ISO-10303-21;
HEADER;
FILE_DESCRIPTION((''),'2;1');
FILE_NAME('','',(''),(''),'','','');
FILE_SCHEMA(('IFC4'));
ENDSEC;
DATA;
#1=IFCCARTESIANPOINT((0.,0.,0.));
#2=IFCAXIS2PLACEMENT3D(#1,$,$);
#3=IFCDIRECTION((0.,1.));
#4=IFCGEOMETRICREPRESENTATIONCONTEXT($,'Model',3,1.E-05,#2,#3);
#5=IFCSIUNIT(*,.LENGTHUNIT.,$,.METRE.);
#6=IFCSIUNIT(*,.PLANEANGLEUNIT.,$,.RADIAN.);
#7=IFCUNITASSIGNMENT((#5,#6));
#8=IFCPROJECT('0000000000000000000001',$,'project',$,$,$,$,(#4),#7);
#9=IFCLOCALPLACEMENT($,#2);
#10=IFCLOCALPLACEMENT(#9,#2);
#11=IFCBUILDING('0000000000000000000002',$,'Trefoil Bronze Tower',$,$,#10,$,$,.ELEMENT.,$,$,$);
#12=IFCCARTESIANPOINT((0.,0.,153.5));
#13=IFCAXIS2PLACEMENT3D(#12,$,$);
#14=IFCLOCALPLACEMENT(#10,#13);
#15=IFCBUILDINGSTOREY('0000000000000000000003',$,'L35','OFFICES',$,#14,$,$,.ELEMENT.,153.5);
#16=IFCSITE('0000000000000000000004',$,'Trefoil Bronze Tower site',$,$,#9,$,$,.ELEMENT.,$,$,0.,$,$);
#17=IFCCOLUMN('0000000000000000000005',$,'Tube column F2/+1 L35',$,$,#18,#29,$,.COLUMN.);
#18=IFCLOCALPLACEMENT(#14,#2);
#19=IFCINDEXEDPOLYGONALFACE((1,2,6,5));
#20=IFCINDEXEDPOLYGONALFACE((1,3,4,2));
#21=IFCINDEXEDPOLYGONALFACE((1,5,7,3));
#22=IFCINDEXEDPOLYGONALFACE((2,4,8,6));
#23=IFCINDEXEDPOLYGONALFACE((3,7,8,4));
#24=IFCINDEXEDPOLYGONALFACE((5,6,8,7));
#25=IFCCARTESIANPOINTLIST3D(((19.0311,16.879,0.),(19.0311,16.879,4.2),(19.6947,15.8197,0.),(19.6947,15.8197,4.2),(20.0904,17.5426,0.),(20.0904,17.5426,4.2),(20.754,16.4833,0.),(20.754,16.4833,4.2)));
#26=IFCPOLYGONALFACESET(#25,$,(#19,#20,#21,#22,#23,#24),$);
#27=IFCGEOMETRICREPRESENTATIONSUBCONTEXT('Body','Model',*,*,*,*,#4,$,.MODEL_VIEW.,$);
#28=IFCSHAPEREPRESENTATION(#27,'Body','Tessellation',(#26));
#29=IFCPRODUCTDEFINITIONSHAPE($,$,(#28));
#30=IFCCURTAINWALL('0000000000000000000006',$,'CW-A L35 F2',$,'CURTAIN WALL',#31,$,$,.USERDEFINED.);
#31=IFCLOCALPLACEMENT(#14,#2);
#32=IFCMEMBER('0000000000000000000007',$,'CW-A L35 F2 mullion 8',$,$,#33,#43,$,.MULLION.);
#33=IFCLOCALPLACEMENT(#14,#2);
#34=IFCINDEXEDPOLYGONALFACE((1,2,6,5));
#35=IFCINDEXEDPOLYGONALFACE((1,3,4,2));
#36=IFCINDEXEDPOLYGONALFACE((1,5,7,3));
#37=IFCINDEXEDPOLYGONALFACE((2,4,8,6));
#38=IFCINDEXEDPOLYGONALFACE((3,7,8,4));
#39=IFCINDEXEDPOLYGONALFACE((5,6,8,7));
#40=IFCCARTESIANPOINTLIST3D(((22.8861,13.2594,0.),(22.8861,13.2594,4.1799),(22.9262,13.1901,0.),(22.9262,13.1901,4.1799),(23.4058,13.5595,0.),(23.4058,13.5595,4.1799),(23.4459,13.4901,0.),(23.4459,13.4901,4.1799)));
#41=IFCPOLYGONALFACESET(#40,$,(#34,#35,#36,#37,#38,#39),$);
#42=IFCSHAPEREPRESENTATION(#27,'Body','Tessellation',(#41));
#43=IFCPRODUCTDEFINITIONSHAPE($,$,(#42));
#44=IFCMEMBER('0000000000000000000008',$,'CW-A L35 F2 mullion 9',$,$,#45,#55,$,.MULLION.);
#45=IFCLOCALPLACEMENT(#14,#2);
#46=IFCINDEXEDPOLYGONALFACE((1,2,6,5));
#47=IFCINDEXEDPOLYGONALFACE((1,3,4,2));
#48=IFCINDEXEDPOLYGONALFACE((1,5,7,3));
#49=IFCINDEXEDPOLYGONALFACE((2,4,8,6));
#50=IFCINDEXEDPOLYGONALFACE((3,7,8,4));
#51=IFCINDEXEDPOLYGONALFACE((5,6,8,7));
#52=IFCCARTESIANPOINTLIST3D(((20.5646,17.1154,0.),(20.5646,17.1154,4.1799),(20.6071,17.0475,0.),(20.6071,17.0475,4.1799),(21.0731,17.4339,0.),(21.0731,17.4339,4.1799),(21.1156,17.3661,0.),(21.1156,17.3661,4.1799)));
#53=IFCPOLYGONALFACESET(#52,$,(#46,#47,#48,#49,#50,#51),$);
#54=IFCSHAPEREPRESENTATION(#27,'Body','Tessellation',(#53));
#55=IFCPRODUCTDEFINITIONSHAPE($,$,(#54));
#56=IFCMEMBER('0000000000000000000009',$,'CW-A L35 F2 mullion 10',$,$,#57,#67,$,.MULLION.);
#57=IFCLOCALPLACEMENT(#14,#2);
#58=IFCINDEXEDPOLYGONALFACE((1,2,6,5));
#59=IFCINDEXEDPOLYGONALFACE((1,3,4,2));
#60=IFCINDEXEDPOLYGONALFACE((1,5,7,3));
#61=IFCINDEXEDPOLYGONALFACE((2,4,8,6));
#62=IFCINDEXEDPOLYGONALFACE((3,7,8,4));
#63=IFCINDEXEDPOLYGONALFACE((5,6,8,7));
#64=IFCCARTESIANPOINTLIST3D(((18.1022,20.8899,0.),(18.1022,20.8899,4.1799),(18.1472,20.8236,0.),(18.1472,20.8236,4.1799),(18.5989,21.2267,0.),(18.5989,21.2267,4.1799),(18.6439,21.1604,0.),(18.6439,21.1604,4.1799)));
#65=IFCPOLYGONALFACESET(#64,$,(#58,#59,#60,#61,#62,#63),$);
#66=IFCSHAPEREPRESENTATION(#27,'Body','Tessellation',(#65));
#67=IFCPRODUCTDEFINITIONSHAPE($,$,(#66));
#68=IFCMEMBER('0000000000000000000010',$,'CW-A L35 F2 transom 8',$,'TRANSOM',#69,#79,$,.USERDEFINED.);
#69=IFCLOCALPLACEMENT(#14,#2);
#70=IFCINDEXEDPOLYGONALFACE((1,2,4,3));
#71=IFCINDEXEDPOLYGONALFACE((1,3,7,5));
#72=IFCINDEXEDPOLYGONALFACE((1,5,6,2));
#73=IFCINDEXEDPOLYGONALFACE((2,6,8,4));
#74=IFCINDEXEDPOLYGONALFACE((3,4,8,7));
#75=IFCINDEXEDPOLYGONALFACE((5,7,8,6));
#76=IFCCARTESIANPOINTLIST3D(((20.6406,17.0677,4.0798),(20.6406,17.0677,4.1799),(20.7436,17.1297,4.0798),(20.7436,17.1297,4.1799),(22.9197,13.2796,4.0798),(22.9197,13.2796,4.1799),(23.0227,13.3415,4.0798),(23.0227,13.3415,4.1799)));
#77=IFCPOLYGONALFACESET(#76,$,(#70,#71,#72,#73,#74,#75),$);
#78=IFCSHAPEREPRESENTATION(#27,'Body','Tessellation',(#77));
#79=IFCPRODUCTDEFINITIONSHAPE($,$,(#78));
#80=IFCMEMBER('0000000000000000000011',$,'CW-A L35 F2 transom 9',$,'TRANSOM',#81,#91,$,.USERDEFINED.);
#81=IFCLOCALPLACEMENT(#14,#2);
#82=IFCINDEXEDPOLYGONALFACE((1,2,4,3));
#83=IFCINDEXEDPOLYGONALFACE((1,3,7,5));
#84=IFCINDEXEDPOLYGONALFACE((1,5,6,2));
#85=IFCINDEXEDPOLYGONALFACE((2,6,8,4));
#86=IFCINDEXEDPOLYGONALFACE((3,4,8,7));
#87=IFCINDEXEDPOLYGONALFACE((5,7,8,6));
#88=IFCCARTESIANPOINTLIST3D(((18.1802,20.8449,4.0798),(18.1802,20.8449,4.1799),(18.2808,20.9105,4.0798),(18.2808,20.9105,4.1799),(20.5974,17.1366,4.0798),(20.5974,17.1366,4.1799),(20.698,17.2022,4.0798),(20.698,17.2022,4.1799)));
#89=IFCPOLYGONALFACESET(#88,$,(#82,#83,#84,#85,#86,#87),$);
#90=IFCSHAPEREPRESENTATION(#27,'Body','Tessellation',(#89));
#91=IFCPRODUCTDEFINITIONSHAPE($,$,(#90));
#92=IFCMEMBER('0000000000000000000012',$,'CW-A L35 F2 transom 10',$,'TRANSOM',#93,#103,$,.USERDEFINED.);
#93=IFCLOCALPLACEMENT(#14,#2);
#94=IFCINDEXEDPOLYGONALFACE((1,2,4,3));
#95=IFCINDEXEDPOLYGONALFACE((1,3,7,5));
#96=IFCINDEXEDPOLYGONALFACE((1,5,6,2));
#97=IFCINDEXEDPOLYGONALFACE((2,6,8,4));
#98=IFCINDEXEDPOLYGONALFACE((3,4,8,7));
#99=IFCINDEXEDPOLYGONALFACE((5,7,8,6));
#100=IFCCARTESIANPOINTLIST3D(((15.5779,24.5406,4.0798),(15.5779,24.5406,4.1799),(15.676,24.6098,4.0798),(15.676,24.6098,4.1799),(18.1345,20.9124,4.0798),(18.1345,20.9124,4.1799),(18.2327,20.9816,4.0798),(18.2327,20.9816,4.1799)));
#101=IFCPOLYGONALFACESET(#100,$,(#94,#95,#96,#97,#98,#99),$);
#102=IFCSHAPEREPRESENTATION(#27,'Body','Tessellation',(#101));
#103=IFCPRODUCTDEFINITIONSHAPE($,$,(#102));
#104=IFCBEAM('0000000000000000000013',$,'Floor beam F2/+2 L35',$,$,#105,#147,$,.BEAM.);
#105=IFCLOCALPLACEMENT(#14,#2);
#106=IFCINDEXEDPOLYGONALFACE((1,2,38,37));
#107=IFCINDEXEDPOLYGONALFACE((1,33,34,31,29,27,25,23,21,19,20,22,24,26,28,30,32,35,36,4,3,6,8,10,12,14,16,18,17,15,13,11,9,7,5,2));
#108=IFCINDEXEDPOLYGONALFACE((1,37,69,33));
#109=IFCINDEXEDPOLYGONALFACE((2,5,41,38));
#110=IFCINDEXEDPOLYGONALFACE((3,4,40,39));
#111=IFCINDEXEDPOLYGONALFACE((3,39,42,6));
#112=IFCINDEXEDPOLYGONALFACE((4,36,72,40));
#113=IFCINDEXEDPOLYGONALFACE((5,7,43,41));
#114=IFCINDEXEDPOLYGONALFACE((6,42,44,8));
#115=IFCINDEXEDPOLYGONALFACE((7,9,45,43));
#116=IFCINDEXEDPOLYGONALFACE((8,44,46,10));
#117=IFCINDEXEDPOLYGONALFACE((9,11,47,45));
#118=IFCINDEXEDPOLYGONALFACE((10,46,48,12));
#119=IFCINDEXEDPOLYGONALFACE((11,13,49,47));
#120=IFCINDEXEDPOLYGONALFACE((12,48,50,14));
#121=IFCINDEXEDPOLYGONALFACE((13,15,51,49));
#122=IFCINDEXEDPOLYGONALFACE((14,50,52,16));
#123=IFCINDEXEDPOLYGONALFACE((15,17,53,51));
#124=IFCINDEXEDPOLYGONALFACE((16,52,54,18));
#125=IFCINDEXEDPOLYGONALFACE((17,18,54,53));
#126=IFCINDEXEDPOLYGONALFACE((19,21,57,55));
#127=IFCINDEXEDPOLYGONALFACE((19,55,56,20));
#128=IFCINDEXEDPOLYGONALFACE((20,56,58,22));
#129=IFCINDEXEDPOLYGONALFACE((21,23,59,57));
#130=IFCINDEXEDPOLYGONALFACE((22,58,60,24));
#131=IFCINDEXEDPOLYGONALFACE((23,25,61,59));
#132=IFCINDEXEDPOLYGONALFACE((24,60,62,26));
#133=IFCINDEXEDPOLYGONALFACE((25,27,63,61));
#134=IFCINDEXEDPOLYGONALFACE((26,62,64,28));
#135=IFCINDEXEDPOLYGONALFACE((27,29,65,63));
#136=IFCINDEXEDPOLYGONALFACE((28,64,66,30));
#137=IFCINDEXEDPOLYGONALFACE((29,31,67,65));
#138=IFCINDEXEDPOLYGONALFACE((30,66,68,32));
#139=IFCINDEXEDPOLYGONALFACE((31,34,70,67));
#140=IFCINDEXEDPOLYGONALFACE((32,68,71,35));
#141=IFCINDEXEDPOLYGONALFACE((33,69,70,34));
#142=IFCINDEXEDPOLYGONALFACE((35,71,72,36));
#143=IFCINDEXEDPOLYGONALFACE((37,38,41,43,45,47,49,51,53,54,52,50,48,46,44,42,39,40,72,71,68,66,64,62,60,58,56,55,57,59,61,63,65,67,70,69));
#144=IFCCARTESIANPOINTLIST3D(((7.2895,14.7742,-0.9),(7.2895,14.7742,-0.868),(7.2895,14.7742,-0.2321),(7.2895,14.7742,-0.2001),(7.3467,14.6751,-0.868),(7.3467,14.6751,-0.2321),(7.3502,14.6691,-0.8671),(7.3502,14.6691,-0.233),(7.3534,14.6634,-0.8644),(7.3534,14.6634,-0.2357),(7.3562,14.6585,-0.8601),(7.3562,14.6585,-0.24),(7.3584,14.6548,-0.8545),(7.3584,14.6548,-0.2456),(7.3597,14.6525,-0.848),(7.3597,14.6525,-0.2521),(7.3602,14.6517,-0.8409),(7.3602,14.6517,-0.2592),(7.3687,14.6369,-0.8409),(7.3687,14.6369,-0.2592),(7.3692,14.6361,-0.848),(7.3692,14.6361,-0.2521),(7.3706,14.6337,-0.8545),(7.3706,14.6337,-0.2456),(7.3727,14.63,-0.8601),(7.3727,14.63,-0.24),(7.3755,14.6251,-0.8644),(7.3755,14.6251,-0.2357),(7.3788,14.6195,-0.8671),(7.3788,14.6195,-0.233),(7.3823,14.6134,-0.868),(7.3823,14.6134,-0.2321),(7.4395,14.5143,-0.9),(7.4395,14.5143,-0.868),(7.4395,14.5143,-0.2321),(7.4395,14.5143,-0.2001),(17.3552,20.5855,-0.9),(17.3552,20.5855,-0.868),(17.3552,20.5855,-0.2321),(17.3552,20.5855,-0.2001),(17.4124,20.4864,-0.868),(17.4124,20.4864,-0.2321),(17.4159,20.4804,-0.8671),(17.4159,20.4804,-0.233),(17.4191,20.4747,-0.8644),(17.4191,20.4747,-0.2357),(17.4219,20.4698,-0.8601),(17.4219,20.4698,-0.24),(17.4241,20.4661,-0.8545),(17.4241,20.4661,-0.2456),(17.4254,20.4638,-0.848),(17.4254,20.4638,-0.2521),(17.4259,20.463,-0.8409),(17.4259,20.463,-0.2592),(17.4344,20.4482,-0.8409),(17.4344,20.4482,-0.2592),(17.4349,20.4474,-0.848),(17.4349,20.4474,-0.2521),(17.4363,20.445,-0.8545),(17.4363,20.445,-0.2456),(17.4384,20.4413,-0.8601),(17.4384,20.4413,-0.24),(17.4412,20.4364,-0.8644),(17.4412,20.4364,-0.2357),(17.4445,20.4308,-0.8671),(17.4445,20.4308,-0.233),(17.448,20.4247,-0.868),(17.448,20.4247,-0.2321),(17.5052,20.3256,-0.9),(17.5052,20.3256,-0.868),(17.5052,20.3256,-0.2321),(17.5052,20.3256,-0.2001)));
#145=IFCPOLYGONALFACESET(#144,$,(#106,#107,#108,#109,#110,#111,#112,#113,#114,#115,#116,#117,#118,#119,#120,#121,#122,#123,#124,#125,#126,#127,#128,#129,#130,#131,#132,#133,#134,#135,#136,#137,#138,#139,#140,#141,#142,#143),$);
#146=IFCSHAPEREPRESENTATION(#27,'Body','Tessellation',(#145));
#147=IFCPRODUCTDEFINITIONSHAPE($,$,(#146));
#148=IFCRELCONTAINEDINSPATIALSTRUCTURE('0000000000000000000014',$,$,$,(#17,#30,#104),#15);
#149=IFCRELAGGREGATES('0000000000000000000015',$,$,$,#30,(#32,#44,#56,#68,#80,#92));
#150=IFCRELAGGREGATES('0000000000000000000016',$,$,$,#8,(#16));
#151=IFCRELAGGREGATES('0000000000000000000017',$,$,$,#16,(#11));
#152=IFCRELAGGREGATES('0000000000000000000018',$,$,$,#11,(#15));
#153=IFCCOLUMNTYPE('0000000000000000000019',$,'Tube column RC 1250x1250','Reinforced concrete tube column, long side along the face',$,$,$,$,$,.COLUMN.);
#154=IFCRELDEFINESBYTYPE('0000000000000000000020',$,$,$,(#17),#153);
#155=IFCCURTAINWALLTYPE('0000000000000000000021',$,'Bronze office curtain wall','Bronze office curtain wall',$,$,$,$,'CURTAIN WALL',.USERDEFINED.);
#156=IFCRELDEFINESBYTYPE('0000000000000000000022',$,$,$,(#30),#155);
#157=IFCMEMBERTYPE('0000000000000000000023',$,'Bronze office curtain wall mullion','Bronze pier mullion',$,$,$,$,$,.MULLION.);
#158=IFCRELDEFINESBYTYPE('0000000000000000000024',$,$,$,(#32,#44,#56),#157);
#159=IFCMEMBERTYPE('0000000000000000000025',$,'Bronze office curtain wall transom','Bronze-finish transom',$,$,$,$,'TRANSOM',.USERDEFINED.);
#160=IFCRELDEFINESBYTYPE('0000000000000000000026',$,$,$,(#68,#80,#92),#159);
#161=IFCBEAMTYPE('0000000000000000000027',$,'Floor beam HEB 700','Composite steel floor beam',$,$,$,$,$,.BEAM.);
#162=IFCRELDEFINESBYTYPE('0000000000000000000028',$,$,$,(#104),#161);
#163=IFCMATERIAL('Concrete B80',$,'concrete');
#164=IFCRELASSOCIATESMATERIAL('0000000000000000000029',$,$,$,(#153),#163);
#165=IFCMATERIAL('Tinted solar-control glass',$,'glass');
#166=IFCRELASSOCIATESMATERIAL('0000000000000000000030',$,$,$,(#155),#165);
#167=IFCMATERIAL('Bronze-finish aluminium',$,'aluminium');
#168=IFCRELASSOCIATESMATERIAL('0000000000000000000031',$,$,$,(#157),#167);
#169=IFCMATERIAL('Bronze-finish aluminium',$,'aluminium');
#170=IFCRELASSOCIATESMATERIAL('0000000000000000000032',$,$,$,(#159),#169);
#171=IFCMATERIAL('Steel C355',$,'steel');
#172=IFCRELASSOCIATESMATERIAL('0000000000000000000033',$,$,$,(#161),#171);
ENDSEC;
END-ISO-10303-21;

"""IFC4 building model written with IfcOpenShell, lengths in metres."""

from ifc_helpers import new_model, si_unit, direction, frame, origin, origin_2d, place, context, subcontext, project, spatial, rectangle, i_section, extrude, material, material_profile, profile_set, type_object, element, aggregate, save


model = new_model("IFC4")

# Units and contexts
model_context = context("Model", 3, precision=1e-05, world=origin(), true_north=direction((0.0, 1.0)))
body_context = subcontext(model_context, "Body", "Model", "MODEL_VIEW")
ifc_project = project(units=[si_unit("LENGTHUNIT", "METRE"), si_unit("PLANEANGLEUNIT", "RADIAN")], contexts=[model_context])

# Site, building, storey
site_placement = place(None, origin())
site = spatial("IfcSite", under=ifc_project, at=site_placement, Name="Trefoil Bronze Tower site", CompositionType="ELEMENT", RefElevation=0.0)
building_placement = place(site_placement, origin())
building = spatial("IfcBuilding", under=site, at=building_placement, Name="Trefoil Bronze Tower", CompositionType="ELEMENT")
storey_placement = place(building_placement, frame((0.0, 0.0, 153.5)))
storey = spatial("IfcBuildingStorey", under=building, at=storey_placement, Name="L35", Description="OFFICES", CompositionType="ELEMENT", Elevation=153.5)

# Column
ifc_material_1 = material(Name="Concrete B80", Category="concrete")
ifc_material_profile_1 = material_profile(ifc_material_1, rectangle(XDim=1.25, YDim=1.25, at=origin_2d()), Name="RC 1250x1250")
ifc_profile_set_1 = profile_set([ifc_material_profile_1], Name="Concrete B80")
column_type = type_object("IfcColumnType", Name="Tube column RC 1250x1250", Description="Reinforced concrete tube column, long side along the face", PredefinedType="COLUMN", material=ifc_profile_set_1)
column_placement = place(storey_placement, frame((19.8926, 16.6812, 0.0), z_axis=(0.0, 0.0, 1.0), x_axis=(-0.530893, 0.847439, 0.0)))
element("IfcColumn", 1, at=column_placement, inside=storey, type_object=column_type, Name="Tube column F2/+1 L35", PredefinedType="COLUMN", context=body_context, shape_type="SweptSolid", body=[
    extrude(rectangle(XDim=1.25, YDim=1.25, at=origin_2d()), origin(), (0.0, 0.0, 1.0), 4.2),
])

# Curtain wall, members
ifc_material_2 = material(Name="Tinted solar-control glass", Category="glass")
curtain_wall_type = type_object("IfcCurtainWallType", Name="Bronze office curtain wall", Description="Bronze office curtain wall", ElementType="CURTAIN WALL", PredefinedType="USERDEFINED", material=ifc_material_2)
curtain_wall_placement = place(storey_placement, origin())
curtain_wall = element("IfcCurtainWall", 2, at=curtain_wall_placement, inside=storey, type_object=curtain_wall_type, Name="CW-A L35 F2", ObjectType="CURTAIN WALL", PredefinedType="USERDEFINED")
ifc_material_3 = material(Name="Bronze-finish aluminium", Category="aluminium")
ifc_material_profile_2 = material_profile(ifc_material_3, rectangle(XDim=0.6001, YDim=0.0801, at=origin_2d()), Name="CW-A mullion")
ifc_profile_set_2 = profile_set([ifc_material_profile_2], Name="Bronze-finish aluminium")
member_type_1 = type_object("IfcMemberType", Name="Bronze office curtain wall mullion", Description="Bronze pier mullion", PredefinedType="MULLION", material=ifc_profile_set_2)
member_1_placement = place(storey_placement, frame((23.166, 13.3748, 0.0), z_axis=(0.0, 0.0, 1.0), x_axis=(-0.866025, -0.5, 0.0)))
member_1 = element("IfcMember", 3, at=member_1_placement, type_object=member_type_1, Name="CW-A L35 F2 mullion 8", PredefinedType="MULLION", context=body_context, shape_type="SweptSolid", body=[
    extrude(rectangle(XDim=0.6001, YDim=0.0801, at=origin_2d()), origin(), (0.0, 0.0, 1.0), 4.1799),
])
member_2_placement = place(storey_placement, frame((20.8401, 17.2407, 0.0), z_axis=(0.0, 0.0, 1.0), x_axis=(-0.847439, -0.530893, 0.0)))
member_2 = element("IfcMember", 4, at=member_2_placement, type_object=member_type_1, Name="CW-A L35 F2 mullion 9", PredefinedType="MULLION", context=body_context, shape_type="SweptSolid", body=[
    extrude(rectangle(XDim=0.6001, YDim=0.0801, at=origin_2d()), origin(), (0.0, 0.0, 1.0), 4.1799),
])
member_3_placement = place(storey_placement, frame((18.373, 21.0251, 0.0), z_axis=(0.0, 0.0, 1.0), x_axis=(-0.827724, -0.561136, 0.0)))
member_3 = element("IfcMember", 5, at=member_3_placement, type_object=member_type_1, Name="CW-A L35 F2 mullion 10", PredefinedType="MULLION", context=body_context, shape_type="SweptSolid", body=[
    extrude(rectangle(XDim=0.6001, YDim=0.0801, at=origin_2d()), origin(), (0.0, 0.0, 1.0), 4.1799),
])
ifc_material_4 = material(Name="Bronze-finish aluminium", Category="aluminium")
ifc_material_profile_3 = material_profile(ifc_material_4, rectangle(XDim=0.1201, YDim=0.1001, at=origin_2d()), Name="CW-A transom")
ifc_profile_set_3 = profile_set([ifc_material_profile_3], Name="Bronze-finish aluminium")
member_type_2 = type_object("IfcMemberType", Name="Bronze office curtain wall transom", Description="Bronze-finish transom", ElementType="TRANSOM", PredefinedType="USERDEFINED", material=ifc_profile_set_3)
member_4_placement = place(storey_placement, frame((22.9712, 13.3105, 4.1299), z_axis=(-0.515527, 0.856873, 0.0), x_axis=(-0.856873, -0.515527, 0.0)))
member_4 = element("IfcMember", 6, at=member_4_placement, type_object=member_type_2, Name="CW-A L35 F2 transom 8", ObjectType="TRANSOM", PredefinedType="USERDEFINED", context=body_context, shape_type="SweptSolid", body=[
    extrude(rectangle(XDim=0.1201, YDim=0.1001, at=origin_2d()), origin(), (0.0, 0.0, 1.0), 4.4209),
])
member_5_placement = place(storey_placement, frame((20.6477, 17.1694, 4.1299), z_axis=(-0.546079, 0.837733, 0.0), x_axis=(-0.837733, -0.546079, 0.0)))
member_5 = element("IfcMember", 7, at=member_5_placement, type_object=member_type_2, Name="CW-A L35 F2 transom 9", ObjectType="TRANSOM", PredefinedType="USERDEFINED", context=body_context, shape_type="SweptSolid", body=[
    extrude(rectangle(XDim=0.1201, YDim=0.1001, at=origin_2d()), origin(), (0.0, 0.0, 1.0), 4.4265),
])
member_6_placement = place(storey_placement, frame((18.1836, 20.947, 4.1299), z_axis=(-0.576018, 0.817437, 0.0), x_axis=(-0.817437, -0.576018, 0.0)))
member_6 = element("IfcMember", 8, at=member_6_placement, type_object=member_type_2, Name="CW-A L35 F2 transom 10", ObjectType="TRANSOM", PredefinedType="USERDEFINED", context=body_context, shape_type="SweptSolid", body=[
    extrude(rectangle(XDim=0.1201, YDim=0.1001, at=origin_2d()), origin(), (0.0, 0.0, 1.0), 4.4385),
])

# Beam
ifc_material_5 = material(Name="Steel C355", Category="steel")
ifc_material_profile_4 = material_profile(ifc_material_5, i_section(OverallWidth=0.3, OverallDepth=0.7, WebThickness=0.0171, FlangeThickness=0.032, FilletRadius=0.0271, at=origin_2d()), Name="HEB 700")
ifc_profile_set_4 = profile_set([ifc_material_profile_4], Name="Steel C355")
beam_type_1 = type_object("IfcBeamType", Name="Floor beam HEB 700", Description="Composite steel floor beam", PredefinedType="BEAM", material=ifc_profile_set_4)
beam_1_placement = place(storey_placement, frame((17.4302, 20.4556, -0.55), z_axis=(-0.866031, -0.499991, 0.0), x_axis=(0.499991, -0.866031, 0.0)))
element("IfcBeam", 9, at=beam_1_placement, inside=storey, type_object=beam_type_1, Name="Floor beam F2/+2 L35", PredefinedType="BEAM", context=body_context, shape_type="SweptSolid", body=[
    extrude(i_section(OverallWidth=0.3, OverallDepth=0.7, WebThickness=0.0171, FlangeThickness=0.032, FilletRadius=0.0271, at=origin_2d()), origin(), (0.0, 0.0, 1.0), 11.6228),
])

aggregate(curtain_wall, [member_1, member_2, member_3, member_4, member_5, member_6])

save(model, "model.ifc")
